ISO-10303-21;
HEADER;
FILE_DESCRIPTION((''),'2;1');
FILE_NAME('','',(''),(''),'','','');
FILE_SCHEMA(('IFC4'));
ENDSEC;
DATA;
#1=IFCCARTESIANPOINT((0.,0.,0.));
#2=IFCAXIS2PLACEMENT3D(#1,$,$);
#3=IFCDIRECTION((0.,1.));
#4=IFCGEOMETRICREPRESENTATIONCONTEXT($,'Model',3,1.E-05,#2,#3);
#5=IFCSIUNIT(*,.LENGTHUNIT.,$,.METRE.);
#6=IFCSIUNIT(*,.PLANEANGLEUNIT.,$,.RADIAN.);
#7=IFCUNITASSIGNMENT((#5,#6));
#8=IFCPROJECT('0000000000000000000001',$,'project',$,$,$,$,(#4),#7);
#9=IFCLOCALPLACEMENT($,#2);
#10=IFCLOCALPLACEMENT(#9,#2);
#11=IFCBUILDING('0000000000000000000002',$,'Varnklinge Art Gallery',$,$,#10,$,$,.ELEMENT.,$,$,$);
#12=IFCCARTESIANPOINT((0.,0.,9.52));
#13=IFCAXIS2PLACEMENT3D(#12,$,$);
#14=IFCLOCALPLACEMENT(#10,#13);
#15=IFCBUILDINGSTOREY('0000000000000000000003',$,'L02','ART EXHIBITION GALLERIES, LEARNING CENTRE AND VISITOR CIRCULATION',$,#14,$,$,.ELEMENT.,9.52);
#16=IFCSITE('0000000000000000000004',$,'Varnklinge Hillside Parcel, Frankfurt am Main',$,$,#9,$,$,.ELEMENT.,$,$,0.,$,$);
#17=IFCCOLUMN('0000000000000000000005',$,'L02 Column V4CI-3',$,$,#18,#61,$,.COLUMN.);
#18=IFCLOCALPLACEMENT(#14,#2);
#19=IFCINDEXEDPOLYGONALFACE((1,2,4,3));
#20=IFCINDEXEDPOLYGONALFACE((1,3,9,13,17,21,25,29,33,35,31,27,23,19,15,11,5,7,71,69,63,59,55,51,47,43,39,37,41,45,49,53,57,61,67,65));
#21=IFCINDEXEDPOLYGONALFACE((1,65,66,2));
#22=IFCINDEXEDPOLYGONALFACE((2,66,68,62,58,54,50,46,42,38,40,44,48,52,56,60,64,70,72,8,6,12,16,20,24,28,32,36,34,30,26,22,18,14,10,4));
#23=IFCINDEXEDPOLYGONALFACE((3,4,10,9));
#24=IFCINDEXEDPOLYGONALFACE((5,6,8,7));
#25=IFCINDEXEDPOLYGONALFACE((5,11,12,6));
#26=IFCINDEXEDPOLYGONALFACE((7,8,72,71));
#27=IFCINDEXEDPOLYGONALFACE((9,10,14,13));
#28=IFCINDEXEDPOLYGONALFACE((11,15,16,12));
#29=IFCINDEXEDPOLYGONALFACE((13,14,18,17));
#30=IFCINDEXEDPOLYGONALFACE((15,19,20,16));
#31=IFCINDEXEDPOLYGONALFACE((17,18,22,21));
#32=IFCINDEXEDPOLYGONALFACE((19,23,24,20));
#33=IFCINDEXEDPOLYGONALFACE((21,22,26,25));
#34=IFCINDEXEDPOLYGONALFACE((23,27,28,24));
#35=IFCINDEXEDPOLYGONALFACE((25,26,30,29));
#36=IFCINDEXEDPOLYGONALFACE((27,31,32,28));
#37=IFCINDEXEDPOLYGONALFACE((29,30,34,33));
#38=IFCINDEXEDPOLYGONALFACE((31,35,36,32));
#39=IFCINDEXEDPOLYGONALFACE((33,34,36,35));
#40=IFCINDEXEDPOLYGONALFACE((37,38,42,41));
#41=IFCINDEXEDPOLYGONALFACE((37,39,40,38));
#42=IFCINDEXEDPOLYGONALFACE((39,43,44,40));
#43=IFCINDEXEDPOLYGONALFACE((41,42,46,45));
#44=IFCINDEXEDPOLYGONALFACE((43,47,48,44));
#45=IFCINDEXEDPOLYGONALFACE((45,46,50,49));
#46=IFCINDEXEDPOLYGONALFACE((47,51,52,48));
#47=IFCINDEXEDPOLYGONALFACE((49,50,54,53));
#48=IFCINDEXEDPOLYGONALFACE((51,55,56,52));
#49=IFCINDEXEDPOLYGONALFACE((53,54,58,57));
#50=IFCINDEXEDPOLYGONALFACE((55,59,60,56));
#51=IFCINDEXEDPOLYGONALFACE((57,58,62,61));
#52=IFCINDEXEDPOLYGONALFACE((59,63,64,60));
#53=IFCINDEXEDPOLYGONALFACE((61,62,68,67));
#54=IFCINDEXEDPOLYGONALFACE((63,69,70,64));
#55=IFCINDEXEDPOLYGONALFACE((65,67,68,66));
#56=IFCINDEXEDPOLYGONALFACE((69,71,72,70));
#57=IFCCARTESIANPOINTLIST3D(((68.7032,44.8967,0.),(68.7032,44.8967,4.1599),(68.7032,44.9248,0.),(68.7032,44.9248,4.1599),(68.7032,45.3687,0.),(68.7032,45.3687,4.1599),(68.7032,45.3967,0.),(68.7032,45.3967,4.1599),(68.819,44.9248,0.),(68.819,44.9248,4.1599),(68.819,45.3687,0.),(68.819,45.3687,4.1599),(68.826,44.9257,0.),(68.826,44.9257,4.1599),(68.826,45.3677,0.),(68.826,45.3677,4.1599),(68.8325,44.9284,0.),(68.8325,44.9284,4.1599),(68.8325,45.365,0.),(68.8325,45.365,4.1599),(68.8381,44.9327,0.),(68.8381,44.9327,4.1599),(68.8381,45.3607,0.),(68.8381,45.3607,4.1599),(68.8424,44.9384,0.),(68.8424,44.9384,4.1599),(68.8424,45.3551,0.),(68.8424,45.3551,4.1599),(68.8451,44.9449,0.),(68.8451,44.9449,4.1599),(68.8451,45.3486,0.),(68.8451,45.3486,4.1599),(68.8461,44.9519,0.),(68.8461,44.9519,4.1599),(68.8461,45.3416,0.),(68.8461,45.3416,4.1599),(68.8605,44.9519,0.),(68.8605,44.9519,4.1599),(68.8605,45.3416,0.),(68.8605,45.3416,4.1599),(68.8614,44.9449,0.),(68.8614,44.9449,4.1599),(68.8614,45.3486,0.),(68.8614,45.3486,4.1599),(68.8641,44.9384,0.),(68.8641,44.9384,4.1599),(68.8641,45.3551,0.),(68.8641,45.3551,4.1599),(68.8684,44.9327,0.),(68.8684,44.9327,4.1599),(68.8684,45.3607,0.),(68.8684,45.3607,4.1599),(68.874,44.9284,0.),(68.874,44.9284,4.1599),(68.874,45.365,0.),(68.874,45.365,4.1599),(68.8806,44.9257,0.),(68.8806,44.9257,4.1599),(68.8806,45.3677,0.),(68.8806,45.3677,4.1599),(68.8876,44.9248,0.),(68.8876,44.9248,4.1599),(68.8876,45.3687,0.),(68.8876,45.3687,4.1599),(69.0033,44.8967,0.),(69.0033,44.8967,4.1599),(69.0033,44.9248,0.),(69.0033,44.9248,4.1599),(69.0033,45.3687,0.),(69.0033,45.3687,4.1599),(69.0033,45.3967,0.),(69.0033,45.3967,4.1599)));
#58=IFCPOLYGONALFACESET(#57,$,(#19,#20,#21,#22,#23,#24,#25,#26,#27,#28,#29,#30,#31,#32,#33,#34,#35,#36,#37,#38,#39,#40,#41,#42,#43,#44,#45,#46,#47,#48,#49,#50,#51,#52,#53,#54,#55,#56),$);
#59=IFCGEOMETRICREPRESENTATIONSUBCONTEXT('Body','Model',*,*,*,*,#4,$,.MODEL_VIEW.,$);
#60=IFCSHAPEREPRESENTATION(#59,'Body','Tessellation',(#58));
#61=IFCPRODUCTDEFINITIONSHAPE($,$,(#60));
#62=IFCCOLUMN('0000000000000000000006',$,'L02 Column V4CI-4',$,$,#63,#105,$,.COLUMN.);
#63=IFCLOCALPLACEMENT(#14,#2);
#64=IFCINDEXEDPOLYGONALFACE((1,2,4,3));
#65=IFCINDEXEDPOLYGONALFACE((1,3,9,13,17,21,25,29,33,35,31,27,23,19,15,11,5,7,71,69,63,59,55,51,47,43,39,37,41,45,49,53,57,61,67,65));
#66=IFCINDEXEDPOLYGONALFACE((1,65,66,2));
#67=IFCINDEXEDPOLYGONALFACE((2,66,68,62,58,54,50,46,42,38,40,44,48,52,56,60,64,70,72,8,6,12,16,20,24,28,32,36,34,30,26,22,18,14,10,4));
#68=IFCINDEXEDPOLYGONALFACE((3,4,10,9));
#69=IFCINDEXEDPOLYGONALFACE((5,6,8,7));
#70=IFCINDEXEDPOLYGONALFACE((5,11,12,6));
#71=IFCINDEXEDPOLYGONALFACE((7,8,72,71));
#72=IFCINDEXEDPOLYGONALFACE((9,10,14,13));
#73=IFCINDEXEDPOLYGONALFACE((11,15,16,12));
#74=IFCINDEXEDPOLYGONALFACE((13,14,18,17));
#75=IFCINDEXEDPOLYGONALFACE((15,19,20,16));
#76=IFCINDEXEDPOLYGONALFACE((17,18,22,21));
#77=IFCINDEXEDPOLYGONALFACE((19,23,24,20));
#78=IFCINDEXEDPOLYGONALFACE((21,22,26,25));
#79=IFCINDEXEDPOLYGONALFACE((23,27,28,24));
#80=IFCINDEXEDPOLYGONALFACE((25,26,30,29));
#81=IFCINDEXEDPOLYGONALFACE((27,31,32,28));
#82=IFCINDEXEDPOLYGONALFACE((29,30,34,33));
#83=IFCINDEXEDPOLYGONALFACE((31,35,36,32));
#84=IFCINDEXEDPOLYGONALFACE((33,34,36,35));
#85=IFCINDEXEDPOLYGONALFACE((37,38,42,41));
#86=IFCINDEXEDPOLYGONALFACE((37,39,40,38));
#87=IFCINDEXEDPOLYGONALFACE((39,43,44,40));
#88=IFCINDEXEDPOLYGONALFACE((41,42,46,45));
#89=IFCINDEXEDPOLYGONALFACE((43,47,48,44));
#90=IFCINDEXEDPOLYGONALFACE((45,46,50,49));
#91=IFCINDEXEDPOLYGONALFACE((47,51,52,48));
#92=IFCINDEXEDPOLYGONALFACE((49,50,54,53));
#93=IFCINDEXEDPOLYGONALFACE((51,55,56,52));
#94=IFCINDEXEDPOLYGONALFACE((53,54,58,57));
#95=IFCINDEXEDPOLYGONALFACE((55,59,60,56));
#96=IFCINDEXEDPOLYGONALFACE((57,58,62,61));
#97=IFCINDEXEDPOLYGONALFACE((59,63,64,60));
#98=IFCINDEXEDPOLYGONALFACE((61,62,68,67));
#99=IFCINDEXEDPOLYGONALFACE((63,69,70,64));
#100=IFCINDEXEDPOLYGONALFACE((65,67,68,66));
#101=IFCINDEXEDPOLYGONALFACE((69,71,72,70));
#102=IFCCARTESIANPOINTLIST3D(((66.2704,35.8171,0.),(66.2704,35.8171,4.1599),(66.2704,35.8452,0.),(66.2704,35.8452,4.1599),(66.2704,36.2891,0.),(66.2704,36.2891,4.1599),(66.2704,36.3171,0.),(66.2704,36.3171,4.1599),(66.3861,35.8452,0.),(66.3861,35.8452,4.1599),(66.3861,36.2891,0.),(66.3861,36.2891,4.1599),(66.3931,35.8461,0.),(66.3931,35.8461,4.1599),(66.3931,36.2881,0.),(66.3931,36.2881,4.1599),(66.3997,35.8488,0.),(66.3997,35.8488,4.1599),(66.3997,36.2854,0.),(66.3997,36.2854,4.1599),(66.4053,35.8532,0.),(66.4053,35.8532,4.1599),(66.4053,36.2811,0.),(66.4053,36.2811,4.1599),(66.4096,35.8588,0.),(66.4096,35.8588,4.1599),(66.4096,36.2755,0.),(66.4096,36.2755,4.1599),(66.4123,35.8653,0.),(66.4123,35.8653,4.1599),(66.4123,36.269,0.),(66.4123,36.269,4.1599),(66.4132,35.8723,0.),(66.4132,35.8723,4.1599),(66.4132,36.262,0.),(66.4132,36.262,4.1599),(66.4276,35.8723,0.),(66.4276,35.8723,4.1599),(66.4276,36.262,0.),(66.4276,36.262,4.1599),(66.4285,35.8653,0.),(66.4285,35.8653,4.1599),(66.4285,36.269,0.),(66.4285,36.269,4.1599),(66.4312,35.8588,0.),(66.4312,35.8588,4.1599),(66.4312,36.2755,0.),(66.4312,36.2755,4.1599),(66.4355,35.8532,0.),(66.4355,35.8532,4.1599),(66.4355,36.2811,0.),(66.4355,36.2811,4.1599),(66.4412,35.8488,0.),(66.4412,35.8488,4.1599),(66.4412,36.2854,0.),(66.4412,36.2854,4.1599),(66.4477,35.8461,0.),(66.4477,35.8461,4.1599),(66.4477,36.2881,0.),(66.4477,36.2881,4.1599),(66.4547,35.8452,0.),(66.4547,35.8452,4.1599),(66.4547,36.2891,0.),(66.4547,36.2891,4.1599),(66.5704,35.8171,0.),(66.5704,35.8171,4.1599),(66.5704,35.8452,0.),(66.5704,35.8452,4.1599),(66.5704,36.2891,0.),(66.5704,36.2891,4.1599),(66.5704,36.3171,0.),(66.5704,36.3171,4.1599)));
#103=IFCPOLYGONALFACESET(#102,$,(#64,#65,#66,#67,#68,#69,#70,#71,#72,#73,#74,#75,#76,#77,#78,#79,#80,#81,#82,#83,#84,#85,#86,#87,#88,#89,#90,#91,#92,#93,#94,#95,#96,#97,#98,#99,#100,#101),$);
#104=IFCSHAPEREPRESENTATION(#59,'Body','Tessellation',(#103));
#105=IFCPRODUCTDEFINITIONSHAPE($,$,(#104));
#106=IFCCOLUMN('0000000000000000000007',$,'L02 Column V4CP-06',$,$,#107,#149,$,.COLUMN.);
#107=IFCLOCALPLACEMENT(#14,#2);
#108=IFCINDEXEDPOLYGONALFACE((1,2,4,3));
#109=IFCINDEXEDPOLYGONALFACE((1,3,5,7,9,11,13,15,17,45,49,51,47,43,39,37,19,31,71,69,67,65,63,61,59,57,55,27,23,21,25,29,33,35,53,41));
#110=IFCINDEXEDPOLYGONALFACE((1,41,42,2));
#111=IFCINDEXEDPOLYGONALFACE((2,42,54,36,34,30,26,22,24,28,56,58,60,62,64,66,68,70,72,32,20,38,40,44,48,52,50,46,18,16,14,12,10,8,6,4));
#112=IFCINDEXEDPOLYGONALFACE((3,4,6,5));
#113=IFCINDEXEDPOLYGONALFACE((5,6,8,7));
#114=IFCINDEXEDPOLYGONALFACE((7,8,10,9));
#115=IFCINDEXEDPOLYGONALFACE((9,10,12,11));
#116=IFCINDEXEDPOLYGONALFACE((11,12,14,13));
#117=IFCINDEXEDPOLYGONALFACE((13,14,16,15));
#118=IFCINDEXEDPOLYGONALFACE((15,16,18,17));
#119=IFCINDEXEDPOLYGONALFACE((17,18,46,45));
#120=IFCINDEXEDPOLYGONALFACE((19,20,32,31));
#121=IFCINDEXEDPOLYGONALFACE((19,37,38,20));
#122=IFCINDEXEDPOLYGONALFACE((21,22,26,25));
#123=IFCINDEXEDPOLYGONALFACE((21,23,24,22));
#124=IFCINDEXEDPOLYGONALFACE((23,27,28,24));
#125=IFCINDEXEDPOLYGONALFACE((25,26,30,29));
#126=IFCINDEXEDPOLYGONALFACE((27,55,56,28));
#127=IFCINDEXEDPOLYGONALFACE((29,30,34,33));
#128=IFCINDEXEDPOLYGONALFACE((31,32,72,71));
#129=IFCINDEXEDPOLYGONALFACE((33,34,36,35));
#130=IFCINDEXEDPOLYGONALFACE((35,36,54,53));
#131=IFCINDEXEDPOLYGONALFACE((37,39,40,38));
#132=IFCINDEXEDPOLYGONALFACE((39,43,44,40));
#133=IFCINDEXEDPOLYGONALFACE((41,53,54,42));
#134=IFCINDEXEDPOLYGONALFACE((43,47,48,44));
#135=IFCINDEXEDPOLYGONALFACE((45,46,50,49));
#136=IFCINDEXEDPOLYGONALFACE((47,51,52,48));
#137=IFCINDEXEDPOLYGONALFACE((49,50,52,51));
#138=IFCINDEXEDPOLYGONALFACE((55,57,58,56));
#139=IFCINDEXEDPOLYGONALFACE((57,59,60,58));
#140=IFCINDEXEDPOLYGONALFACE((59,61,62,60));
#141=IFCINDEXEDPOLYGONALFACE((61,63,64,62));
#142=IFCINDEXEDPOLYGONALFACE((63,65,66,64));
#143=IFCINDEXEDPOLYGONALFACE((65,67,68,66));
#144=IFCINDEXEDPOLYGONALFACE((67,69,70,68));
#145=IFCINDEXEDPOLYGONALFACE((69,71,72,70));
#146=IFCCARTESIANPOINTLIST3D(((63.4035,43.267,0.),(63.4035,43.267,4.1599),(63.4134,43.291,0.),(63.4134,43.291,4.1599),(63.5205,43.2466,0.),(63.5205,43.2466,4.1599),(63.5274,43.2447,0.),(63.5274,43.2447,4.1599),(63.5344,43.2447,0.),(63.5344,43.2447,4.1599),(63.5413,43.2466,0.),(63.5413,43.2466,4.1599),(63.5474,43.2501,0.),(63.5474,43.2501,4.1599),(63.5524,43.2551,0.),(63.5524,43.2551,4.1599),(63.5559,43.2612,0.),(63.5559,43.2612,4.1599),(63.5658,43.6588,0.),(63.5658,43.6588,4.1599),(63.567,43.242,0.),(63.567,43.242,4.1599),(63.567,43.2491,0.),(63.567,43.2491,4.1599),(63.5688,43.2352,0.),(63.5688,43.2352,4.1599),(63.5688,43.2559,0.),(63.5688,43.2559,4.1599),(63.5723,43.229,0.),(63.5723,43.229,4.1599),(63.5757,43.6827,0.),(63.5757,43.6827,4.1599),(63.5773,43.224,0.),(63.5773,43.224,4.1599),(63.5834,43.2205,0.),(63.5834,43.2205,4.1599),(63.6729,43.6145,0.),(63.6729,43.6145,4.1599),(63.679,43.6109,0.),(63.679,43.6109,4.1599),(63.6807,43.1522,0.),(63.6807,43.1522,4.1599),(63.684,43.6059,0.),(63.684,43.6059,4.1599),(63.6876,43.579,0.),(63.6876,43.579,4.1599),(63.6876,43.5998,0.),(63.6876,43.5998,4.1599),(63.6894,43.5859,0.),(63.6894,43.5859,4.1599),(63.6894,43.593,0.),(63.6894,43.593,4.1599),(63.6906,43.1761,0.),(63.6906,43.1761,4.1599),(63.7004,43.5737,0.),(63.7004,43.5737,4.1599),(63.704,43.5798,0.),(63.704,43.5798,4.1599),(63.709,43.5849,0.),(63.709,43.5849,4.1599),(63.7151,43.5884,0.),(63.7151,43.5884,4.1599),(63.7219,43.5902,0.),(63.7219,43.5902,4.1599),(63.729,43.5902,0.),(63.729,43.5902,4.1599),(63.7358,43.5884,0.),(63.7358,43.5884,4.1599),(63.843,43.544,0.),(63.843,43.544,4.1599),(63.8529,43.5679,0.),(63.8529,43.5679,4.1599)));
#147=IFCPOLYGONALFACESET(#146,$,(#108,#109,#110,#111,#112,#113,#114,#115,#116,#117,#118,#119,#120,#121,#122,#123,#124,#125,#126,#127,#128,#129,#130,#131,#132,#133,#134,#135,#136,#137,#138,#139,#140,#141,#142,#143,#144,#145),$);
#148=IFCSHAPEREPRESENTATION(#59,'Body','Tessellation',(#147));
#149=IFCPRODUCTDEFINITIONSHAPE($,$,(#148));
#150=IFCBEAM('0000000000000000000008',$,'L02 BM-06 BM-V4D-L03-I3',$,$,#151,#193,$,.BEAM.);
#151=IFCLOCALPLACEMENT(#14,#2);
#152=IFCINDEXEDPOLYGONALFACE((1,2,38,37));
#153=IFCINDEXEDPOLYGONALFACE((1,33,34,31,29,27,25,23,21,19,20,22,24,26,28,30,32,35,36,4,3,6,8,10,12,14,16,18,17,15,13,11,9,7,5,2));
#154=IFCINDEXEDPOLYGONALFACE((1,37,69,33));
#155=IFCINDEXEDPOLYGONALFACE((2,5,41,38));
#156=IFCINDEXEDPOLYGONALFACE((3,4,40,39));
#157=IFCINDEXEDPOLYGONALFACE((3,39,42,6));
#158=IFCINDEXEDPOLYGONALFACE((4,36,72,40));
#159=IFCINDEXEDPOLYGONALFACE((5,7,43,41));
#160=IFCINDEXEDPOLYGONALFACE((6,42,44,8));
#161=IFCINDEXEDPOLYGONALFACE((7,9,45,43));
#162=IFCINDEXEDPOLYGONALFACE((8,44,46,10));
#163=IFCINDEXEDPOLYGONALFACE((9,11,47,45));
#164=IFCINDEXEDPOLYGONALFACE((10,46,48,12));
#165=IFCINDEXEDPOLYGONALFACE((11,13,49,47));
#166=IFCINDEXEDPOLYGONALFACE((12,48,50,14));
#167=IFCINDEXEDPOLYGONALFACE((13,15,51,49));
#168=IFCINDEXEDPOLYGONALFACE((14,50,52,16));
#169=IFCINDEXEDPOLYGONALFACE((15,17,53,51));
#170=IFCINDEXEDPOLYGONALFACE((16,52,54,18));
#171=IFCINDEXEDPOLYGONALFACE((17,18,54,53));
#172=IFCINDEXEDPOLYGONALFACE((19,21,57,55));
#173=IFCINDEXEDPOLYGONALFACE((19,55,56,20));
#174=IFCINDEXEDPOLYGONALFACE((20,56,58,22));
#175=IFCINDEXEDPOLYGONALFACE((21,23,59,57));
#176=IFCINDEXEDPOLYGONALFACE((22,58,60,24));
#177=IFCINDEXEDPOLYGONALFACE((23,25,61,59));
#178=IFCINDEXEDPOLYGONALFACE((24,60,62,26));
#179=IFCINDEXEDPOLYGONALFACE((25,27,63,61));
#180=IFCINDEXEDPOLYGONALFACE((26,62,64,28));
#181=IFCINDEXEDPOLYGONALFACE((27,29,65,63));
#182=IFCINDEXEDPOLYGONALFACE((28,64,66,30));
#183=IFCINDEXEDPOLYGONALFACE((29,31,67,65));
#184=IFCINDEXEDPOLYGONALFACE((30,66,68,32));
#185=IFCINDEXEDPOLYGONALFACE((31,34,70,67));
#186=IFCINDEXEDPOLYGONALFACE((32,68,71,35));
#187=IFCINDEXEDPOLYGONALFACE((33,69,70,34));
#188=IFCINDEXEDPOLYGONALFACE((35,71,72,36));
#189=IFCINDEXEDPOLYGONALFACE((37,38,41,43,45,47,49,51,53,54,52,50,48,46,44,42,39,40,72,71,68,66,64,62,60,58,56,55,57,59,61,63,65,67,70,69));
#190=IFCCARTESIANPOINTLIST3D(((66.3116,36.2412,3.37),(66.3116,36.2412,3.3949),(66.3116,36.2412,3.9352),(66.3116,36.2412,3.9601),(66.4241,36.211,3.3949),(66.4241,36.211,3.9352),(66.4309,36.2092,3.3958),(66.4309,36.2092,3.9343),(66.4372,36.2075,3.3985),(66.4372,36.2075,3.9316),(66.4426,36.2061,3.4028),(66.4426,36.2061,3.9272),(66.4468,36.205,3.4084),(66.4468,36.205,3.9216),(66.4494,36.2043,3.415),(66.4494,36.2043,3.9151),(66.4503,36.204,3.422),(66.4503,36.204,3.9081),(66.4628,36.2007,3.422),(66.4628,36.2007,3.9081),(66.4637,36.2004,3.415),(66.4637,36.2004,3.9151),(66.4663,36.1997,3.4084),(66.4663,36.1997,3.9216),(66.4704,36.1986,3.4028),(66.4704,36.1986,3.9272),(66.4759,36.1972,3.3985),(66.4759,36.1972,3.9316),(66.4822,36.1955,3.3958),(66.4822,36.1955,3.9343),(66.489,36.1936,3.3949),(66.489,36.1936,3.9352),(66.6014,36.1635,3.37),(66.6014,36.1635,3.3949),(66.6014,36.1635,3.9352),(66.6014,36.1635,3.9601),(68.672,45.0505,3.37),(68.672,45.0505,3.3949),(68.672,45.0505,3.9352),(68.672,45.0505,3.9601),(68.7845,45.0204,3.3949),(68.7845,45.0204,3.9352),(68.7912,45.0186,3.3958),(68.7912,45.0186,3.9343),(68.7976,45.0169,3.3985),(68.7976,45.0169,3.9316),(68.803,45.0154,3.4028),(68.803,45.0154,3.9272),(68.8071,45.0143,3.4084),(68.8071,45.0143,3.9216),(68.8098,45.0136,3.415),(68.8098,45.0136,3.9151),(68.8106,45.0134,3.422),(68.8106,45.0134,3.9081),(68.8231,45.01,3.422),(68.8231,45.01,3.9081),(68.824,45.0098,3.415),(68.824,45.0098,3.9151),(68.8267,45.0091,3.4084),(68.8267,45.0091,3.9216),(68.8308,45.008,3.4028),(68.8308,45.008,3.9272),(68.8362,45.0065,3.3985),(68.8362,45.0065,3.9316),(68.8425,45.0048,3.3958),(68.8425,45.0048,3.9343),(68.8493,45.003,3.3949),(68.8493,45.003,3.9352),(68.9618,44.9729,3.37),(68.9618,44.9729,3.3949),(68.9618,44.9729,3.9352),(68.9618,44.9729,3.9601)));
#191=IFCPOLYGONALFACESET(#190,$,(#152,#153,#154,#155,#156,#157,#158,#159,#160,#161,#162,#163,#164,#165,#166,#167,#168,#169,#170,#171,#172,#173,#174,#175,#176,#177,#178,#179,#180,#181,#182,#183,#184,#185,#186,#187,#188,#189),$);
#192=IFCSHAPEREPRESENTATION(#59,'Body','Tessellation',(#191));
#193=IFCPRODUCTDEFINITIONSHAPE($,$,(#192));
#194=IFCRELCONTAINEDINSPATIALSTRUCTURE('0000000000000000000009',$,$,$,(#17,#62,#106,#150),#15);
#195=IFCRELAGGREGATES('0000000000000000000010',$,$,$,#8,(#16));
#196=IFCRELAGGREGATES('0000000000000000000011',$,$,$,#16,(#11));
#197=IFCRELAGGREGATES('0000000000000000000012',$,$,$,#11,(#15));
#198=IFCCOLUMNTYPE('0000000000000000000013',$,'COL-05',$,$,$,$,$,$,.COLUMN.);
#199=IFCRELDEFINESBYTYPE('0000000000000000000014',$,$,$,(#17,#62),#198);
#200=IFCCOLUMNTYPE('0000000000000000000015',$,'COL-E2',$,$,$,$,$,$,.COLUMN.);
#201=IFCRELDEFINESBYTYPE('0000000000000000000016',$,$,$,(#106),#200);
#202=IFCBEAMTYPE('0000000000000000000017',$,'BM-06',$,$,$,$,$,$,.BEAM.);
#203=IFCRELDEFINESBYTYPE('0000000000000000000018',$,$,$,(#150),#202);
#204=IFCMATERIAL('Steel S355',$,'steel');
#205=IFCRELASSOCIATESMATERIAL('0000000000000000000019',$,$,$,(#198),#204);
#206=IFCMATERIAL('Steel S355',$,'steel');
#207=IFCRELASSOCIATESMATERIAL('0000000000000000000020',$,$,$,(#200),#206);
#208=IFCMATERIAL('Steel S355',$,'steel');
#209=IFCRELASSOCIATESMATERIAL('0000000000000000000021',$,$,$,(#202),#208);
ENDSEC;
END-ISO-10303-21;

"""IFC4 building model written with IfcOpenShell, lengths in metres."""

from ifc_helpers import new_model, si_unit, direction, frame, origin, origin_2d, place, context, subcontext, project, spatial, i_section, extrude, material, material_profile, profile_set, type_object, element, save


model = new_model("IFC4")

# Units and contexts
model_context = context("Model", 3, precision=1e-05, world=origin(), true_north=direction((0.0, 1.0)))
body_context = subcontext(model_context, "Body", "Model", "MODEL_VIEW")
ifc_project = project(units=[si_unit("LENGTHUNIT", "METRE"), si_unit("PLANEANGLEUNIT", "RADIAN")], contexts=[model_context])

# Site, building, storey
site_placement = place(None, origin())
site = spatial("IfcSite", under=ifc_project, at=site_placement, Name="Varnklinge Hillside Parcel, Frankfurt am Main", CompositionType="ELEMENT", RefElevation=0.0)
building_placement = place(site_placement, origin())
building = spatial("IfcBuilding", under=site, at=building_placement, Name="Varnklinge Art Gallery", CompositionType="ELEMENT")
storey_placement = place(building_placement, frame((0.0, 0.0, 9.52)))
storey = spatial("IfcBuildingStorey", under=building, at=storey_placement, Name="L02", Description="ART EXHIBITION GALLERIES, LEARNING CENTRE AND VISITOR CIRCULATION", CompositionType="ELEMENT", Elevation=9.52)

# Columns
ifc_material_1 = material(Name="Steel S355", Category="steel")
ifc_material_profile_1 = material_profile(ifc_material_1, i_section(OverallWidth=0.3, OverallDepth=0.5, WebThickness=0.0144, FlangeThickness=0.0281, FilletRadius=0.0271, at=origin_2d()), Name="HEB 500")
ifc_profile_set_1 = profile_set([ifc_material_profile_1], Name="Steel S355")
column_type_1 = type_object("IfcColumnType", Name="COL-05", PredefinedType="COLUMN", material=ifc_profile_set_1)
for number, where, z_axis, x_axis, name in (
    (1, (68.8533, 45.1467, 0.0), (0.0, 0.0, 1.0), (1.0, 0.0, 0.0), "L02 Column V4CI-3"),
    (2, (66.4204, 36.0671, 0.0), (0.0, 0.0, 1.0), (1.0, 0.0, 0.0), "L02 Column V4CI-4"),
):
    element("IfcColumn", number, at=place(storey_placement, frame(where, z_axis=z_axis, x_axis=x_axis)), inside=storey, type_object=column_type_1, Name=name, PredefinedType="COLUMN", context=body_context, shape_type="SweptSolid", body=[
        extrude(i_section(OverallWidth=0.3, OverallDepth=0.5, WebThickness=0.0144, FlangeThickness=0.0281, FilletRadius=0.0271, at=origin_2d()), origin(), (0.0, 0.0, 1.0), 4.1599),
    ])
ifc_material_2 = material(Name="Steel S355", Category="steel")
ifc_material_profile_2 = material_profile(ifc_material_2, i_section(OverallWidth=0.3, OverallDepth=0.45, WebThickness=0.0139, FlangeThickness=0.0259, FilletRadius=0.0271, at=origin_2d()), Name="HEB 450")
ifc_profile_set_2 = profile_set([ifc_material_profile_2], Name="Steel S355")
column_type_2 = type_object("IfcColumnType", Name="COL-E2", PredefinedType="COLUMN", material=ifc_profile_set_2)
column_placement = place(storey_placement, frame((63.6282, 43.4175, 0.0), z_axis=(0.0, 0.0, 1.0), x_axis=(-0.92388, 0.382683, 0.0)))
element("IfcColumn", 3, at=column_placement, inside=storey, type_object=column_type_2, Name="L02 Column V4CP-06", PredefinedType="COLUMN", context=body_context, shape_type="SweptSolid", body=[
    extrude(i_section(OverallWidth=0.3, OverallDepth=0.45, WebThickness=0.0139, FlangeThickness=0.0259, FilletRadius=0.0271, at=origin_2d()), origin(), (0.0, 0.0, 1.0), 4.1599),
])

# Beam
ifc_material_3 = material(Name="Steel S355", Category="steel")
ifc_material_profile_3 = material_profile(ifc_material_3, i_section(OverallWidth=0.3, OverallDepth=0.5901, WebThickness=0.0129, FlangeThickness=0.0249, FilletRadius=0.0271, at=origin_2d()), Name="HEA 600")
ifc_profile_set_3 = profile_set([ifc_material_profile_3], Name="Steel S355")
beam_type_1 = type_object("IfcBeamType", Name="BM-06", PredefinedType="BEAM", material=ifc_profile_set_3)
beam_1_placement = place(storey_placement, frame((68.8169, 45.0117, 3.665), z_axis=(-0.258809, -0.965929, 0.0), x_axis=(0.965929, -0.258809, 0.0)))
element("IfcBeam", 4, at=beam_1_placement, inside=storey, type_object=beam_type_1, Name="L02 BM-06 BM-V4D-L03-I3", PredefinedType="BEAM", context=body_context, shape_type="SweptSolid", body=[
    extrude(i_section(OverallWidth=0.3, OverallDepth=0.5901, WebThickness=0.0129, FlangeThickness=0.0249, FilletRadius=0.0271, at=origin_2d()), origin(), (0.0, 0.0, 1.0), 9.1201),
])

save(model, "model.ifc")
